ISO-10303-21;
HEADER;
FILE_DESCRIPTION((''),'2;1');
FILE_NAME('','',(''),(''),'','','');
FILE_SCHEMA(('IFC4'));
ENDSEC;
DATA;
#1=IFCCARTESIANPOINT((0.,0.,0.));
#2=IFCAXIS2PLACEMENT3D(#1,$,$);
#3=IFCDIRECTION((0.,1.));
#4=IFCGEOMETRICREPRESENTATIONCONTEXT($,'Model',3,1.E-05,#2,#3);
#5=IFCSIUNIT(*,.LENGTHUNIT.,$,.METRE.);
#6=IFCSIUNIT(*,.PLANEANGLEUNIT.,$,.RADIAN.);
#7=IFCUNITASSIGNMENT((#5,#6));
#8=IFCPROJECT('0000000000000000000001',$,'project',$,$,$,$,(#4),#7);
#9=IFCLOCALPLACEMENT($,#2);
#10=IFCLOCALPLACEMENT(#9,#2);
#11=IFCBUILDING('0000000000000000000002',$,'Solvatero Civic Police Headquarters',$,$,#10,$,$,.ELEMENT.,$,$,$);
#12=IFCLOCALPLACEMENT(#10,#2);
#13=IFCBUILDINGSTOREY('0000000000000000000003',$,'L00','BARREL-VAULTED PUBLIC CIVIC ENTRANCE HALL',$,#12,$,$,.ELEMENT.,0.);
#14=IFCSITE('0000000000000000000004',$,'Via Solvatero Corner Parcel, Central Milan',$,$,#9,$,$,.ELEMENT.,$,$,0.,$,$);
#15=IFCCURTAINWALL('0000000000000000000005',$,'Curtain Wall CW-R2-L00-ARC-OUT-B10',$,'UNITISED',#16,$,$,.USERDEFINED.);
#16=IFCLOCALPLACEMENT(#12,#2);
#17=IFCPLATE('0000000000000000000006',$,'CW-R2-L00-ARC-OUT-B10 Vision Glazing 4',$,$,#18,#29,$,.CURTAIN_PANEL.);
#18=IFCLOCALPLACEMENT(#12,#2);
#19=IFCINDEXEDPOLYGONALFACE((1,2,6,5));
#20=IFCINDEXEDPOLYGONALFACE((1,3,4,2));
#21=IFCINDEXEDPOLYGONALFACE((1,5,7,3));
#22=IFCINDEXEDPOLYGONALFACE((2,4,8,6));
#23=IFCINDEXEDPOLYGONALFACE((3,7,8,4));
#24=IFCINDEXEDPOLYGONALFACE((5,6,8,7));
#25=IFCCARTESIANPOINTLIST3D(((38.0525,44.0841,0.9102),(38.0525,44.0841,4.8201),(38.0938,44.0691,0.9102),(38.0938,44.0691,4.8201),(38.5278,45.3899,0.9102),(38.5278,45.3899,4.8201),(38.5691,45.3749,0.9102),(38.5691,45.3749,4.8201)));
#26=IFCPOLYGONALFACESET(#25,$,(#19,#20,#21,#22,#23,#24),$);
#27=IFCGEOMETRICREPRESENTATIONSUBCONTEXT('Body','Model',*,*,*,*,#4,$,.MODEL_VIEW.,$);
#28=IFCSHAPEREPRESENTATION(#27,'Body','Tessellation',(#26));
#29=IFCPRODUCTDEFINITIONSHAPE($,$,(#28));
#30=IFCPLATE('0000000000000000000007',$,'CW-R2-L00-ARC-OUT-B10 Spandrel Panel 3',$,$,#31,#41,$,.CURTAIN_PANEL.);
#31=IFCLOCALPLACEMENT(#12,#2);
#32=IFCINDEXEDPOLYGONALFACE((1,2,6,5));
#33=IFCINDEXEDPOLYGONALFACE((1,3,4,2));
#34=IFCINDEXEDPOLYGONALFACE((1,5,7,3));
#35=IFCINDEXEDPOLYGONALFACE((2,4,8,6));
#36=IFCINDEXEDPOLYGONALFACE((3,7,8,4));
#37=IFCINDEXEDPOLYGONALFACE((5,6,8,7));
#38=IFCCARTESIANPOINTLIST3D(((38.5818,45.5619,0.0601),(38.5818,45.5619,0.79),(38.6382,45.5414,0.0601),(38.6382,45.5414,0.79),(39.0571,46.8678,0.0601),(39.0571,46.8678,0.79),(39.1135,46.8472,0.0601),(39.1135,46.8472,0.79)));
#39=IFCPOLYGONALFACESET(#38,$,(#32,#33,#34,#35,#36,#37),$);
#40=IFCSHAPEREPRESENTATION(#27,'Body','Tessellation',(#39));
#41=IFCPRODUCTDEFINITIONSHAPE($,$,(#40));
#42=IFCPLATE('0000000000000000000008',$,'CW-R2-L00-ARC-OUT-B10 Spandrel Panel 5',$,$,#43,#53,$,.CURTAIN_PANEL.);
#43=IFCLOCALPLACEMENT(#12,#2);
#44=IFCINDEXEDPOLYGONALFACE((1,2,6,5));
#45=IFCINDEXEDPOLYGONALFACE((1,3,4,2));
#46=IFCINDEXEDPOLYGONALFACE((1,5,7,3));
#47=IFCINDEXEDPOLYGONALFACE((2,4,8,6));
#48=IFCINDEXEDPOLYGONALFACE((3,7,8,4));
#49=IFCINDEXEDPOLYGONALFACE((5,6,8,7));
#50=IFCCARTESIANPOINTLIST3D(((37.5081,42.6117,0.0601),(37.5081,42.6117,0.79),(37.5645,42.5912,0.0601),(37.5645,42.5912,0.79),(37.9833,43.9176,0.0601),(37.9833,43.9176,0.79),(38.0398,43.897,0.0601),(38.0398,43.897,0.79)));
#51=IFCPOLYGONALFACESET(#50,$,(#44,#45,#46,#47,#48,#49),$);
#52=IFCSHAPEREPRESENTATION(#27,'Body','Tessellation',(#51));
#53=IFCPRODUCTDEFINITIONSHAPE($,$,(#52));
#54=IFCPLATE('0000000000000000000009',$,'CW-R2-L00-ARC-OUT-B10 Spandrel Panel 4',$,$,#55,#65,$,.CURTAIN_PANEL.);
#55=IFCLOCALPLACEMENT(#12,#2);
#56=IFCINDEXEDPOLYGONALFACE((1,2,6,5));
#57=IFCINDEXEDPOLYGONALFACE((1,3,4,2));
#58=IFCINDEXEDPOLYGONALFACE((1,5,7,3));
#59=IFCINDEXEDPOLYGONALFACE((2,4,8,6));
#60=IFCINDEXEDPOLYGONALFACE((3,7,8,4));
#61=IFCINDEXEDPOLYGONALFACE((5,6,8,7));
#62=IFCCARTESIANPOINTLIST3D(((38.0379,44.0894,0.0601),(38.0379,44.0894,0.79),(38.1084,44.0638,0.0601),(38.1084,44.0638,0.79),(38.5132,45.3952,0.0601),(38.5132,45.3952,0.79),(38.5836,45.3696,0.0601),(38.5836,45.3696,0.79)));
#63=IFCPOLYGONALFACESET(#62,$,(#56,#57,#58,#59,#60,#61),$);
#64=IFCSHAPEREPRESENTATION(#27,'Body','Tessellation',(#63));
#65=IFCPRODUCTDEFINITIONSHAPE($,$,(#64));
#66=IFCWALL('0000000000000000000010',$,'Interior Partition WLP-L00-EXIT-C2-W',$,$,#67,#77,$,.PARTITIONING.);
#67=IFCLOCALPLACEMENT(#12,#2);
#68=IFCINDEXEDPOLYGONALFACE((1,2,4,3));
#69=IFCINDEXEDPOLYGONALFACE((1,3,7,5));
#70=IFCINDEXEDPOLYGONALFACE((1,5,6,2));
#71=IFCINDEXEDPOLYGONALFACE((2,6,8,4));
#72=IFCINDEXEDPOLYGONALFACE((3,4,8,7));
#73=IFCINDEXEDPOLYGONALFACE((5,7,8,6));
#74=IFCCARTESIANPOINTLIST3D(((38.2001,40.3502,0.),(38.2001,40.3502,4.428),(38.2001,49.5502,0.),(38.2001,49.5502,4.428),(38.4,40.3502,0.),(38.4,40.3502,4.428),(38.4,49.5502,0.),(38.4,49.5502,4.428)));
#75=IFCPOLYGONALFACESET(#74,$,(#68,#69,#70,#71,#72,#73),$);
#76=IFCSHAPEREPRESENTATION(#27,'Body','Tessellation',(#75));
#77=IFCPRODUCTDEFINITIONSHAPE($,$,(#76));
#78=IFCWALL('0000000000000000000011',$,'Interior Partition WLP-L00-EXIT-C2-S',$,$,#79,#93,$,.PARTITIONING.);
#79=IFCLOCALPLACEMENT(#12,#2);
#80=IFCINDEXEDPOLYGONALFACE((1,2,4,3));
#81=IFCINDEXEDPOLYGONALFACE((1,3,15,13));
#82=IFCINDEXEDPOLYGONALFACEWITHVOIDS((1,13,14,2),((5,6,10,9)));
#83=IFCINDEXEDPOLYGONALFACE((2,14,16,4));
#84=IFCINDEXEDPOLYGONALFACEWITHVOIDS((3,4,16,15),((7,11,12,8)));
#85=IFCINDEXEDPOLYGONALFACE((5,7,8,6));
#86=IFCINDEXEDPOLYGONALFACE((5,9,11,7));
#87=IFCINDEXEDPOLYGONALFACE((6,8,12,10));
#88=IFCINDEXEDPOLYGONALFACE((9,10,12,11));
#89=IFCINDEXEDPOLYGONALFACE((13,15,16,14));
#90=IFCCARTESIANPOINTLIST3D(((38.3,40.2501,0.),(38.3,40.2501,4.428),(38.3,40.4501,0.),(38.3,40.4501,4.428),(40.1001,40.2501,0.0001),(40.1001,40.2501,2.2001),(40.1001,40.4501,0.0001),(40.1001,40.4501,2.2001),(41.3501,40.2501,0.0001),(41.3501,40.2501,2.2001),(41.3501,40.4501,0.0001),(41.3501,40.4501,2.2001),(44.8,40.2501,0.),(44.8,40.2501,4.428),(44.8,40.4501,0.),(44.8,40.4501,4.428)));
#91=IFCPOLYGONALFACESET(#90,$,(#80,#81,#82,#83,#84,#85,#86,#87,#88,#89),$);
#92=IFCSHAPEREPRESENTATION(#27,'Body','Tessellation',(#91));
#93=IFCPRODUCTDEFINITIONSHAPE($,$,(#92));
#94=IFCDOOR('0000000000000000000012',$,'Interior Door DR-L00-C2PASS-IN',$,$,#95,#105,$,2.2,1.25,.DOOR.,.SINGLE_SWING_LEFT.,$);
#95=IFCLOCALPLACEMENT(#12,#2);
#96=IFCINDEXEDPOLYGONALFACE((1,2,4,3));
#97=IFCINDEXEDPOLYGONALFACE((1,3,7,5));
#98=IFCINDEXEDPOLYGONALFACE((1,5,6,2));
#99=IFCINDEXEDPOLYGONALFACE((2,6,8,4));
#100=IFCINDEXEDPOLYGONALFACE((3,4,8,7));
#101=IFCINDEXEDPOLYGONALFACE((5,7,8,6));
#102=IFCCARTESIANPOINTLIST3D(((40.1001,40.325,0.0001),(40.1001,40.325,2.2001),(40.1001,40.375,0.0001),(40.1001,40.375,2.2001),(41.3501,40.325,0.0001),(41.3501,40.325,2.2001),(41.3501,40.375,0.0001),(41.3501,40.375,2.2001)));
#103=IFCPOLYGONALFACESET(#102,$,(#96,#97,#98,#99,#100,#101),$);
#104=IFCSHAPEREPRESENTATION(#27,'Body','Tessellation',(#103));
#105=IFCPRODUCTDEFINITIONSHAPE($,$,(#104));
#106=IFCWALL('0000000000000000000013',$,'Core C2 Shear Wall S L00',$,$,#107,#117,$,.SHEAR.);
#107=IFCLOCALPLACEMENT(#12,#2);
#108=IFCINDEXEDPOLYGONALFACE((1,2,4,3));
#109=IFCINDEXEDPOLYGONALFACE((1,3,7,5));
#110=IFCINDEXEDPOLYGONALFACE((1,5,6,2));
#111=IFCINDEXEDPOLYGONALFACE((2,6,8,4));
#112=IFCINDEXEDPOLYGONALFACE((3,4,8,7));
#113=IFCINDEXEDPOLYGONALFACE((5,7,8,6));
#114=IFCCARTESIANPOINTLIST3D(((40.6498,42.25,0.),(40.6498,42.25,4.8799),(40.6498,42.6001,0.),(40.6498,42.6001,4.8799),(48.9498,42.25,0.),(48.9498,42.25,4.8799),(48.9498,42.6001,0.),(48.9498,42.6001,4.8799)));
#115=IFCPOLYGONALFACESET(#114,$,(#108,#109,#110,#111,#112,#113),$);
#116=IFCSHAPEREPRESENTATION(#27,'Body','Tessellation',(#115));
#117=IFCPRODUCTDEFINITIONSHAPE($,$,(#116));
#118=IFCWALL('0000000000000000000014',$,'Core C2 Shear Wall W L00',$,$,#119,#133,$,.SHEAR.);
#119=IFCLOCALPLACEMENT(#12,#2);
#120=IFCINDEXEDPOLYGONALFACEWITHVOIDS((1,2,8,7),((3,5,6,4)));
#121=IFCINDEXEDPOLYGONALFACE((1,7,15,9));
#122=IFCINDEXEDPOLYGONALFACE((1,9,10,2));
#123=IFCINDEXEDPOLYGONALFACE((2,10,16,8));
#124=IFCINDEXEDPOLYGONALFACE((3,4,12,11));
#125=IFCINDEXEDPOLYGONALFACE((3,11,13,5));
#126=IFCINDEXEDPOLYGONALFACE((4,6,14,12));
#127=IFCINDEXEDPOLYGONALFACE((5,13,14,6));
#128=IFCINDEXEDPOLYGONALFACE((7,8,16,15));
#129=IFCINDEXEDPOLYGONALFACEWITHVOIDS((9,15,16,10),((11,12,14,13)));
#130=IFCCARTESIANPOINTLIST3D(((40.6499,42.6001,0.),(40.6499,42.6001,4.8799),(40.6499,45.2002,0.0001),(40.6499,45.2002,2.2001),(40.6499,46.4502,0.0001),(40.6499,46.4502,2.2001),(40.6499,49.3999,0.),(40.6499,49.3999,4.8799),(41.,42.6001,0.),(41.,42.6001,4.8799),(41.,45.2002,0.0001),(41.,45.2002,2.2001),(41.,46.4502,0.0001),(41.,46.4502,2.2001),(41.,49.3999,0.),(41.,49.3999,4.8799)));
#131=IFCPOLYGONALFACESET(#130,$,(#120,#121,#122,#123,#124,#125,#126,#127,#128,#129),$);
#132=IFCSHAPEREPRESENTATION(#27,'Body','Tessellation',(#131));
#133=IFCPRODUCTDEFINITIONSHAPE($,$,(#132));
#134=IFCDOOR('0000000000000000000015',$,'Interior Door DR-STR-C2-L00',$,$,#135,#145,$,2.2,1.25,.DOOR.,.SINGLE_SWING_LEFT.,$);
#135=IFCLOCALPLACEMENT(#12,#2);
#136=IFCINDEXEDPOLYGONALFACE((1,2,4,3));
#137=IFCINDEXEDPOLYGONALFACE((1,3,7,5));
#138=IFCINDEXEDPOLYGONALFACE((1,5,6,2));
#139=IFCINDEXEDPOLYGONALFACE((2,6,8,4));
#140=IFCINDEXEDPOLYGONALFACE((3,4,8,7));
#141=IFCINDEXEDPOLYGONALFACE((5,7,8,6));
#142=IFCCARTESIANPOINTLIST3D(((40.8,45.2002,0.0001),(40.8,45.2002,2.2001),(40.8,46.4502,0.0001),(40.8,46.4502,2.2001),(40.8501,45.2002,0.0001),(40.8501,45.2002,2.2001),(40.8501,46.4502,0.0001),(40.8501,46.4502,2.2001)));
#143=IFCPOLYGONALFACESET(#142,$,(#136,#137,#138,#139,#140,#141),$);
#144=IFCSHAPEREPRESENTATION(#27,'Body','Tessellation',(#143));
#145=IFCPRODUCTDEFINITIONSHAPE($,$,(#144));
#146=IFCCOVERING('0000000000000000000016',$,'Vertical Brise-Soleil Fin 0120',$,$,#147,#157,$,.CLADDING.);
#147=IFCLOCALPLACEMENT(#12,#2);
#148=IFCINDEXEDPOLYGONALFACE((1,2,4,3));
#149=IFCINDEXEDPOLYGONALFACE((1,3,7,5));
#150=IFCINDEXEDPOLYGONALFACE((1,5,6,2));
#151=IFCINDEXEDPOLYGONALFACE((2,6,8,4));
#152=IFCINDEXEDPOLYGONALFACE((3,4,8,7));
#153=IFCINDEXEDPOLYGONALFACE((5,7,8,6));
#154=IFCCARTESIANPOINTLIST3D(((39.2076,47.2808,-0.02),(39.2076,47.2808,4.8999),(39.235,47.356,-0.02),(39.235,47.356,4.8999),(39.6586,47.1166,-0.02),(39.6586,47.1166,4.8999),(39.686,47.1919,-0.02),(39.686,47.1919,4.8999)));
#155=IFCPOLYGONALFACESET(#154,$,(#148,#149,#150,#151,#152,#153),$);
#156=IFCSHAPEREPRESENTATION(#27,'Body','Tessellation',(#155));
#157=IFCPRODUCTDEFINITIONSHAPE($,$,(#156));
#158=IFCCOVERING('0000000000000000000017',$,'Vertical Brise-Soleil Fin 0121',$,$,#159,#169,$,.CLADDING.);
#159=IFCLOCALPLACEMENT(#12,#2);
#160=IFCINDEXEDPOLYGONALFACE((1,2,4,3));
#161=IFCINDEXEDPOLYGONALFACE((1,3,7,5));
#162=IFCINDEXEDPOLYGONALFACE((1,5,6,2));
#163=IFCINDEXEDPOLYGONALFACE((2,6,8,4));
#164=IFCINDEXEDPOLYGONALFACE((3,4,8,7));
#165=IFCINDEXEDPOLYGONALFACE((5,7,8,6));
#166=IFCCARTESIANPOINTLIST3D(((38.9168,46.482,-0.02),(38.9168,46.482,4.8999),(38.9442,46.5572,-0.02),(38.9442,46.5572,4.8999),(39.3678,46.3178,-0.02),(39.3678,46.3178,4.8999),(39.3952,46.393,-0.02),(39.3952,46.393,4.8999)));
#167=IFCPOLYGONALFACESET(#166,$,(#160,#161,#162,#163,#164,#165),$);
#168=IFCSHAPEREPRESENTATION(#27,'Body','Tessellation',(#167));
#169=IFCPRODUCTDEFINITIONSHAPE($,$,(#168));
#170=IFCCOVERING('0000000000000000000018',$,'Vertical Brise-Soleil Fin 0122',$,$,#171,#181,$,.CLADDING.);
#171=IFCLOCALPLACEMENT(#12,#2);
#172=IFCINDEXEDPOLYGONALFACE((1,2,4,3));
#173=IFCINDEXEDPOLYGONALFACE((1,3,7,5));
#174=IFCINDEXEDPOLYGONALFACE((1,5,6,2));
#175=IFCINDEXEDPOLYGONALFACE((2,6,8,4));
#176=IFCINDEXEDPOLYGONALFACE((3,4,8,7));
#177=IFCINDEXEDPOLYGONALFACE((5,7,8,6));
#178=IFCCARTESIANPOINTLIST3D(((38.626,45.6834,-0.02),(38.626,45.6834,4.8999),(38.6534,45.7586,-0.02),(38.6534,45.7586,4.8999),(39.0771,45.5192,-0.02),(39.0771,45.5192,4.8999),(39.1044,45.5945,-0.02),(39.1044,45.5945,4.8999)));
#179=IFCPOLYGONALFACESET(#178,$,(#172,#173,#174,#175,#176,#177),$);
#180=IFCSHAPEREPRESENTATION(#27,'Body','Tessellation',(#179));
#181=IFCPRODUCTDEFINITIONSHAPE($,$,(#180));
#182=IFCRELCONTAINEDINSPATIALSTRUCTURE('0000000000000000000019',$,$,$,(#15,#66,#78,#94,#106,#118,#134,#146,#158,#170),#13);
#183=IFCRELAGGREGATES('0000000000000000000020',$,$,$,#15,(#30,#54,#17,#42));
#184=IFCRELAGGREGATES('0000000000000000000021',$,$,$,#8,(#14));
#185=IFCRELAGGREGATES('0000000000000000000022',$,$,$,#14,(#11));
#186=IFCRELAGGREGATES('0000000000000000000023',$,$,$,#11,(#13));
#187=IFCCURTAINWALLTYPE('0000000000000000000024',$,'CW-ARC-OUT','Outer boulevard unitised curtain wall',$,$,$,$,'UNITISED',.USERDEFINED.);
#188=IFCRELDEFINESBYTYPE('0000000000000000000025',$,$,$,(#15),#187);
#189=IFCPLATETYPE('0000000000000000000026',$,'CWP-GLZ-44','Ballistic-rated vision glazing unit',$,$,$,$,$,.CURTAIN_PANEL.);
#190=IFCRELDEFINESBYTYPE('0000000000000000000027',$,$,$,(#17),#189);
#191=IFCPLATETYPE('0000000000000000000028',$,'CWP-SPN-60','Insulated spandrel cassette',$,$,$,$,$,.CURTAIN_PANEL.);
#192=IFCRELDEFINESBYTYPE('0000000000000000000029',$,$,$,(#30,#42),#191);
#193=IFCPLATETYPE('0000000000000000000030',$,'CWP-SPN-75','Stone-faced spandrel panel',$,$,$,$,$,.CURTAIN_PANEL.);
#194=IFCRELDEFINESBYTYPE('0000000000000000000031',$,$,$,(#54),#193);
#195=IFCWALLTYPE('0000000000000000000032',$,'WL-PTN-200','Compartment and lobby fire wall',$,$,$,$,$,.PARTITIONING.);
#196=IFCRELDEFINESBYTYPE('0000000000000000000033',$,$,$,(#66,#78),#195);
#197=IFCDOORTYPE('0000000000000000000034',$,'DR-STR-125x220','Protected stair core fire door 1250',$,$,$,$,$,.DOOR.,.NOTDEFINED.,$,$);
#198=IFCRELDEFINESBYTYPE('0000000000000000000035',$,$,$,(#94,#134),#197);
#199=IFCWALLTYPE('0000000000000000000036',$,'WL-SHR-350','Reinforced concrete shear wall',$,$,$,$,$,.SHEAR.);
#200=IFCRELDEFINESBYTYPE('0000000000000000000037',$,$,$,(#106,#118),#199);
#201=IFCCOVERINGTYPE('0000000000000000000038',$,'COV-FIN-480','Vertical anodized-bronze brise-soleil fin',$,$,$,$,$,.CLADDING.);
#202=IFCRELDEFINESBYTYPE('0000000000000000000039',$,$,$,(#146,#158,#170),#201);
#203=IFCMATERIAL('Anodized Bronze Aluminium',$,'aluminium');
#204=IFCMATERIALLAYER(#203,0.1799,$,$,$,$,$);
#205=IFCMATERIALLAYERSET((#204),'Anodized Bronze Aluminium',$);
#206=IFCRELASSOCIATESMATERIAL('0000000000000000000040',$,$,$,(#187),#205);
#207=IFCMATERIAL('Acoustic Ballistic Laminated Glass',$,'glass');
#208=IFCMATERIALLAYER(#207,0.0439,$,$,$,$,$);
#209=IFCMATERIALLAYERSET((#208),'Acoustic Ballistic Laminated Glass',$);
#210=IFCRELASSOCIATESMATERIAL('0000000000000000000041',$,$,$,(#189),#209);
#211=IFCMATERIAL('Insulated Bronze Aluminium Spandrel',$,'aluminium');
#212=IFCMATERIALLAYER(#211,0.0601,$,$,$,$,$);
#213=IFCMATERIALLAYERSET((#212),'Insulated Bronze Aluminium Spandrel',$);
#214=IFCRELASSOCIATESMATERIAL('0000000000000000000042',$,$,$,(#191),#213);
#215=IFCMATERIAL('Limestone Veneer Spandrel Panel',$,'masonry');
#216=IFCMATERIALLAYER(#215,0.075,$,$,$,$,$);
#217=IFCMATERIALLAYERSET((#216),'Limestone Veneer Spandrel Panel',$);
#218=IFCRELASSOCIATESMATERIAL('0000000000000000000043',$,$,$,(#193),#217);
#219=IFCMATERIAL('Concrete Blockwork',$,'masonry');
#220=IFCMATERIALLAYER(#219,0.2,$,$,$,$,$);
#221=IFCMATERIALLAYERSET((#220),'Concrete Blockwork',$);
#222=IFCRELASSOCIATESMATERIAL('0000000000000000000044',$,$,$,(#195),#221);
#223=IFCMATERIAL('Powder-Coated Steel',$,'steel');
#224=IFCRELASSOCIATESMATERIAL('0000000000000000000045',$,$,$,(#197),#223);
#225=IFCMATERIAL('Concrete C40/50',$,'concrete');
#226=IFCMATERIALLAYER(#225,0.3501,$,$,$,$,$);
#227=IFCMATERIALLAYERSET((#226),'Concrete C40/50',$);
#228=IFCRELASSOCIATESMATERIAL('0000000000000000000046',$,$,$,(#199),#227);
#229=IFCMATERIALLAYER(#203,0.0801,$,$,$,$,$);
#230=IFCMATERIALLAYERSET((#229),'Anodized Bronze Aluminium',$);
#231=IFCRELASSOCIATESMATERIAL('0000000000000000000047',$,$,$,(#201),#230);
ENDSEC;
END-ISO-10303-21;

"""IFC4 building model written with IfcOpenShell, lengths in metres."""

from ifc_helpers import new_model, si_unit, direction, frame, frame_2d, origin, origin_2d, place, context, subcontext, project, spatial, rectangle, extrude, material, layer, layer_set, type_object, element, fill, aggregate, save


model = new_model("IFC4")

# Units and contexts
model_context = context("Model", 3, precision=1e-05, world=origin(), true_north=direction((0.0, 1.0)))
body_context = subcontext(model_context, "Body", "Model", "MODEL_VIEW")
ifc_project = project(units=[si_unit("LENGTHUNIT", "METRE"), si_unit("PLANEANGLEUNIT", "RADIAN")], contexts=[model_context])

# Site, building, storey
site_placement = place(None, origin())
site = spatial("IfcSite", under=ifc_project, at=site_placement, Name="Via Solvatero Corner Parcel, Central Milan", CompositionType="ELEMENT", RefElevation=0.0)
building_placement = place(site_placement, origin())
building = spatial("IfcBuilding", under=site, at=building_placement, Name="Solvatero Civic Police Headquarters", CompositionType="ELEMENT")
storey_placement = place(building_placement, origin())
storey = spatial("IfcBuildingStorey", under=building, at=storey_placement, Name="L00", Description="BARREL-VAULTED PUBLIC CIVIC ENTRANCE HALL", CompositionType="ELEMENT", Elevation=0.0)

# Shared definitions
ifc_material_1 = material(Name="Concrete C40/50", Category="concrete")

# Curtain wall, plates
ifc_material_2 = material(Name="Anodized Bronze Aluminium", Category="aluminium")
ifc_layer_1 = layer(ifc_material_2, 0.1799)
ifc_layer_set_1 = layer_set([ifc_layer_1], Name="Anodized Bronze Aluminium")
curtain_wall_type = type_object("IfcCurtainWallType", Name="CW-ARC-OUT", Description="Outer boulevard unitised curtain wall", ElementType="UNITISED", PredefinedType="USERDEFINED", material=ifc_layer_set_1)
curtain_wall_placement = place(storey_placement, origin())
curtain_wall = element("IfcCurtainWall", 1, at=curtain_wall_placement, inside=storey, type_object=curtain_wall_type, Name="Curtain Wall CW-R2-L00-ARC-OUT-B10", ObjectType="UNITISED", PredefinedType="USERDEFINED")
ifc_material_3 = material(Name="Acoustic Ballistic Laminated Glass", Category="glass")
ifc_layer_2 = layer(ifc_material_3, 0.0439)
ifc_layer_set_2 = layer_set([ifc_layer_2], Name="Acoustic Ballistic Laminated Glass")
plate_type_1 = type_object("IfcPlateType", Name="CWP-GLZ-44", Description="Ballistic-rated vision glazing unit", PredefinedType="CURTAIN_PANEL", material=ifc_layer_set_2)
plate_1_placement = place(storey_placement, frame((38.3108, 44.7295, 0.9102), z_axis=(0.0, 0.0, 1.0), x_axis=(-0.342004, -0.939699, 0.0)))
plate_1 = element("IfcPlate", 2, at=plate_1_placement, type_object=plate_type_1, Name="CW-R2-L00-ARC-OUT-B10 Vision Glazing 4", PredefinedType="CURTAIN_PANEL", context=body_context, shape_type="SweptSolid", body=[
    extrude(rectangle(XDim=1.3896, YDim=0.0439, at=origin_2d()), origin(), (0.0, 0.0, 1.0), 3.9099),
])
ifc_material_4 = material(Name="Insulated Bronze Aluminium Spandrel", Category="aluminium")
ifc_layer_3 = layer(ifc_material_4, 0.0601)
ifc_layer_set_3 = layer_set([ifc_layer_3], Name="Insulated Bronze Aluminium Spandrel")
plate_type_2 = type_object("IfcPlateType", Name="CWP-SPN-60", Description="Insulated spandrel cassette", PredefinedType="CURTAIN_PANEL", material=ifc_layer_set_3)
plate_2_placement = place(storey_placement, frame((38.8477, 46.2046, 0.0601), z_axis=(0.0, 0.0, 1.0), x_axis=(-0.342004, -0.939699, 0.0)))
plate_2 = element("IfcPlate", 3, at=plate_2_placement, type_object=plate_type_2, Name="CW-R2-L00-ARC-OUT-B10 Spandrel Panel 3", PredefinedType="CURTAIN_PANEL", context=body_context, shape_type="SweptSolid", body=[
    extrude(rectangle(XDim=1.3896, YDim=0.0601, at=origin_2d()), origin(), (0.0, 0.0, 1.0), 0.73),
])
plate_3_placement = place(storey_placement, frame((37.7739, 43.2544, 0.0601), z_axis=(0.0, 0.0, 1.0), x_axis=(-0.342004, -0.939699, 0.0)))
plate_3 = element("IfcPlate", 4, at=plate_3_placement, type_object=plate_type_2, Name="CW-R2-L00-ARC-OUT-B10 Spandrel Panel 5", PredefinedType="CURTAIN_PANEL", context=body_context, shape_type="SweptSolid", body=[
    extrude(rectangle(XDim=1.3896, YDim=0.0601, at=origin_2d()), origin(), (0.0, 0.0, 1.0), 0.73),
])
ifc_material_5 = material(Name="Limestone Veneer Spandrel Panel", Category="masonry")
ifc_layer_4 = layer(ifc_material_5, 0.075)
ifc_layer_set_4 = layer_set([ifc_layer_4], Name="Limestone Veneer Spandrel Panel")
plate_type_3 = type_object("IfcPlateType", Name="CWP-SPN-75", Description="Stone-faced spandrel panel", PredefinedType="CURTAIN_PANEL", material=ifc_layer_set_4)
plate_4_placement = place(storey_placement, frame((38.3108, 44.7295, 0.0601), z_axis=(0.0, 0.0, 1.0), x_axis=(-0.342004, -0.939699, 0.0)))
plate_4 = element("IfcPlate", 5, at=plate_4_placement, type_object=plate_type_3, Name="CW-R2-L00-ARC-OUT-B10 Spandrel Panel 4", PredefinedType="CURTAIN_PANEL", context=body_context, shape_type="SweptSolid", body=[
    extrude(rectangle(XDim=1.3896, YDim=0.075, at=origin_2d()), origin(), (0.0, 0.0, 1.0), 0.73),
])
aggregate(curtain_wall, [plate_2, plate_4, plate_1, plate_3])

# Wall
ifc_material_6 = material(Name="Concrete Blockwork", Category="masonry")
ifc_layer_5 = layer(ifc_material_6, 0.2)
ifc_layer_set_5 = layer_set([ifc_layer_5], Name="Concrete Blockwork")
wall_type_1 = type_object("IfcWallType", Name="WL-PTN-200", Description="Compartment and lobby fire wall", PredefinedType="PARTITIONING", material=ifc_layer_set_5)
wall_1_placement = place(storey_placement, frame((38.3, 40.3501, 0.0), z_axis=(0.0, 0.0, 1.0), x_axis=(0.0, 1.0, 0.0)))
element("IfcWall", 6, at=wall_1_placement, inside=storey, type_object=wall_type_1, Name="Interior Partition WLP-L00-EXIT-C2-W", PredefinedType="PARTITIONING", context=body_context, shape_type="SweptSolid", body=[
    extrude(rectangle(XDim=9.2, YDim=0.2, at=frame_2d((4.6001, 0.0))), origin(), (0.0, 0.0, 1.0), 4.428),
])

# Wall, opening, door
wall_2_placement = place(storey_placement, frame((38.3, 40.3501, 0.0), z_axis=(0.0, 0.0, 1.0), x_axis=(1.0, 0.0, 0.0)))
wall_2 = element("IfcWall", 7, at=wall_2_placement, inside=storey, type_object=wall_type_1, Name="Interior Partition WLP-L00-EXIT-C2-S", PredefinedType="PARTITIONING", context=body_context, shape_type="SweptSolid", body=[
    extrude(rectangle(XDim=6.5, YDim=0.2, at=frame_2d((3.25, 0.0))), origin(), (0.0, 0.0, 1.0), 4.428),
])
opening_1_placement = place(wall_2_placement, frame((1.8, 0.0, 0.0)))
opening_1 = element("IfcOpeningElement", 8, at=opening_1_placement, cuts=wall_2, PredefinedType="OPENING", context=body_context, shape_type="SweptSolid", body=[
    extrude(rectangle(XDim=1.25, YDim=2.2, at=frame_2d((0.625, 1.1001))), frame((0.0, 0.1099, 0.0), z_axis=(0.0, -1.0, 0.0), x_axis=(1.0, 0.0, 0.0)), (0.0, 0.0, 1.0), 0.22),
])
ifc_material_7 = material(Name="Powder-Coated Steel", Category="steel")
door_type = type_object("IfcDoorType", Name="DR-STR-125x220", Description="Protected stair core fire door 1250", OperationType="NOTDEFINED", PredefinedType="DOOR", material=ifc_material_7)
door_1_placement = place(opening_1_placement, origin())
door_1 = element("IfcDoor", 9, at=door_1_placement, inside=storey, type_object=door_type, Name="Interior Door DR-L00-C2PASS-IN", OperationType="SINGLE_SWING_LEFT", OverallHeight=2.2, OverallWidth=1.25, PredefinedType="DOOR", context=body_context, shape_type="SweptSolid", body=[
    extrude(rectangle(XDim=1.25, YDim=2.2, at=frame_2d((0.625, 1.1001))), frame((0.0, 0.0249, 0.0), z_axis=(0.0, -1.0, 0.0), x_axis=(1.0, 0.0, 0.0)), (0.0, 0.0, 1.0), 0.05),
])
fill(opening_1, door_1)

# Wall
ifc_layer_6 = layer(ifc_material_1, 0.3501)
ifc_layer_set_6 = layer_set([ifc_layer_6], Name="Concrete C40/50")
wall_type_2 = type_object("IfcWallType", Name="WL-SHR-350", Description="Reinforced concrete shear wall", PredefinedType="SHEAR", material=ifc_layer_set_6)
wall_3_placement = place(storey_placement, frame((40.6499, 42.425, 0.0), z_axis=(0.0, 0.0, 1.0), x_axis=(1.0, 0.0, 0.0)))
element("IfcWall", 10, at=wall_3_placement, inside=storey, type_object=wall_type_2, Name="Core C2 Shear Wall S L00", PredefinedType="SHEAR", context=body_context, shape_type="SweptSolid", body=[
    extrude(rectangle(XDim=8.3, YDim=0.3501, at=frame_2d((4.1499, 0.0))), origin(), (0.0, 0.0, 1.0), 4.8799),
])

# Wall, opening, door
wall_4_placement = place(storey_placement, frame((40.825, 42.6001, 0.0), z_axis=(0.0, 0.0, 1.0), x_axis=(0.0, 1.0, 0.0)))
wall_4 = element("IfcWall", 11, at=wall_4_placement, inside=storey, type_object=wall_type_2, Name="Core C2 Shear Wall W L00", PredefinedType="SHEAR", context=body_context, shape_type="SweptSolid", body=[
    extrude(rectangle(XDim=6.7998, YDim=0.3501, at=frame_2d((3.3999, 0.0))), origin(), (0.0, 0.0, 1.0), 4.8799),
])
opening_2_placement = place(wall_4_placement, frame((2.6001, 0.0, 0.0)))
opening_2 = element("IfcOpeningElement", 12, at=opening_2_placement, cuts=wall_4, PredefinedType="OPENING", context=body_context, shape_type="SweptSolid", body=[
    extrude(rectangle(XDim=1.25, YDim=2.2, at=frame_2d((0.625, 1.1001))), frame((0.0, 0.1851, 0.0), z_axis=(0.0, -1.0, 0.0), x_axis=(1.0, 0.0, 0.0)), (0.0, 0.0, 1.0), 0.3701),
])
door_2_placement = place(opening_2_placement, origin())
door_2 = element("IfcDoor", 13, at=door_2_placement, inside=storey, type_object=door_type, Name="Interior Door DR-STR-C2-L00", OperationType="SINGLE_SWING_LEFT", OverallHeight=2.2, OverallWidth=1.25, PredefinedType="DOOR", context=body_context, shape_type="SweptSolid", body=[
    extrude(rectangle(XDim=1.25, YDim=2.2, at=frame_2d((0.625, 1.1001))), frame((0.0, 0.0249, 0.0), z_axis=(0.0, -1.0, 0.0), x_axis=(1.0, 0.0, 0.0)), (0.0, 0.0, 1.0), 0.05),
])
fill(opening_2, door_2)

# Coverings
ifc_layer_7 = layer(ifc_material_2, 0.0801)
ifc_layer_set_7 = layer_set([ifc_layer_7], Name="Anodized Bronze Aluminium")
covering_type = type_object("IfcCoveringType", Name="COV-FIN-480", Description="Vertical anodized-bronze brise-soleil fin", PredefinedType="CLADDING", material=ifc_layer_set_7)
for number, where, z_axis, x_axis, name in (
    (14, (39.4468, 47.2363, -0.02), (0.0, 0.0, 1.0), (-0.342004, -0.939699, 0.0), "Vertical Brise-Soleil Fin 0120"),
    (15, (39.156, 46.4375, -0.02), (0.0, 0.0, 1.0), (-0.342004, -0.939699, 0.0), "Vertical Brise-Soleil Fin 0121"),
    (16, (38.8652, 45.6389, -0.02), (0.0, 0.0, 1.0), (-0.342004, -0.939699, 0.0), "Vertical Brise-Soleil Fin 0122"),
):
    element("IfcCovering", number, at=place(storey_placement, frame(where, z_axis=z_axis, x_axis=x_axis)), inside=storey, type_object=covering_type, Name=name, PredefinedType="CLADDING", context=body_context, shape_type="SweptSolid", body=[
        extrude(rectangle(XDim=0.0801, YDim=0.48, at=origin_2d()), origin(), (0.0, 0.0, 1.0), 4.9199),
    ])

save(model, "model.ifc")
